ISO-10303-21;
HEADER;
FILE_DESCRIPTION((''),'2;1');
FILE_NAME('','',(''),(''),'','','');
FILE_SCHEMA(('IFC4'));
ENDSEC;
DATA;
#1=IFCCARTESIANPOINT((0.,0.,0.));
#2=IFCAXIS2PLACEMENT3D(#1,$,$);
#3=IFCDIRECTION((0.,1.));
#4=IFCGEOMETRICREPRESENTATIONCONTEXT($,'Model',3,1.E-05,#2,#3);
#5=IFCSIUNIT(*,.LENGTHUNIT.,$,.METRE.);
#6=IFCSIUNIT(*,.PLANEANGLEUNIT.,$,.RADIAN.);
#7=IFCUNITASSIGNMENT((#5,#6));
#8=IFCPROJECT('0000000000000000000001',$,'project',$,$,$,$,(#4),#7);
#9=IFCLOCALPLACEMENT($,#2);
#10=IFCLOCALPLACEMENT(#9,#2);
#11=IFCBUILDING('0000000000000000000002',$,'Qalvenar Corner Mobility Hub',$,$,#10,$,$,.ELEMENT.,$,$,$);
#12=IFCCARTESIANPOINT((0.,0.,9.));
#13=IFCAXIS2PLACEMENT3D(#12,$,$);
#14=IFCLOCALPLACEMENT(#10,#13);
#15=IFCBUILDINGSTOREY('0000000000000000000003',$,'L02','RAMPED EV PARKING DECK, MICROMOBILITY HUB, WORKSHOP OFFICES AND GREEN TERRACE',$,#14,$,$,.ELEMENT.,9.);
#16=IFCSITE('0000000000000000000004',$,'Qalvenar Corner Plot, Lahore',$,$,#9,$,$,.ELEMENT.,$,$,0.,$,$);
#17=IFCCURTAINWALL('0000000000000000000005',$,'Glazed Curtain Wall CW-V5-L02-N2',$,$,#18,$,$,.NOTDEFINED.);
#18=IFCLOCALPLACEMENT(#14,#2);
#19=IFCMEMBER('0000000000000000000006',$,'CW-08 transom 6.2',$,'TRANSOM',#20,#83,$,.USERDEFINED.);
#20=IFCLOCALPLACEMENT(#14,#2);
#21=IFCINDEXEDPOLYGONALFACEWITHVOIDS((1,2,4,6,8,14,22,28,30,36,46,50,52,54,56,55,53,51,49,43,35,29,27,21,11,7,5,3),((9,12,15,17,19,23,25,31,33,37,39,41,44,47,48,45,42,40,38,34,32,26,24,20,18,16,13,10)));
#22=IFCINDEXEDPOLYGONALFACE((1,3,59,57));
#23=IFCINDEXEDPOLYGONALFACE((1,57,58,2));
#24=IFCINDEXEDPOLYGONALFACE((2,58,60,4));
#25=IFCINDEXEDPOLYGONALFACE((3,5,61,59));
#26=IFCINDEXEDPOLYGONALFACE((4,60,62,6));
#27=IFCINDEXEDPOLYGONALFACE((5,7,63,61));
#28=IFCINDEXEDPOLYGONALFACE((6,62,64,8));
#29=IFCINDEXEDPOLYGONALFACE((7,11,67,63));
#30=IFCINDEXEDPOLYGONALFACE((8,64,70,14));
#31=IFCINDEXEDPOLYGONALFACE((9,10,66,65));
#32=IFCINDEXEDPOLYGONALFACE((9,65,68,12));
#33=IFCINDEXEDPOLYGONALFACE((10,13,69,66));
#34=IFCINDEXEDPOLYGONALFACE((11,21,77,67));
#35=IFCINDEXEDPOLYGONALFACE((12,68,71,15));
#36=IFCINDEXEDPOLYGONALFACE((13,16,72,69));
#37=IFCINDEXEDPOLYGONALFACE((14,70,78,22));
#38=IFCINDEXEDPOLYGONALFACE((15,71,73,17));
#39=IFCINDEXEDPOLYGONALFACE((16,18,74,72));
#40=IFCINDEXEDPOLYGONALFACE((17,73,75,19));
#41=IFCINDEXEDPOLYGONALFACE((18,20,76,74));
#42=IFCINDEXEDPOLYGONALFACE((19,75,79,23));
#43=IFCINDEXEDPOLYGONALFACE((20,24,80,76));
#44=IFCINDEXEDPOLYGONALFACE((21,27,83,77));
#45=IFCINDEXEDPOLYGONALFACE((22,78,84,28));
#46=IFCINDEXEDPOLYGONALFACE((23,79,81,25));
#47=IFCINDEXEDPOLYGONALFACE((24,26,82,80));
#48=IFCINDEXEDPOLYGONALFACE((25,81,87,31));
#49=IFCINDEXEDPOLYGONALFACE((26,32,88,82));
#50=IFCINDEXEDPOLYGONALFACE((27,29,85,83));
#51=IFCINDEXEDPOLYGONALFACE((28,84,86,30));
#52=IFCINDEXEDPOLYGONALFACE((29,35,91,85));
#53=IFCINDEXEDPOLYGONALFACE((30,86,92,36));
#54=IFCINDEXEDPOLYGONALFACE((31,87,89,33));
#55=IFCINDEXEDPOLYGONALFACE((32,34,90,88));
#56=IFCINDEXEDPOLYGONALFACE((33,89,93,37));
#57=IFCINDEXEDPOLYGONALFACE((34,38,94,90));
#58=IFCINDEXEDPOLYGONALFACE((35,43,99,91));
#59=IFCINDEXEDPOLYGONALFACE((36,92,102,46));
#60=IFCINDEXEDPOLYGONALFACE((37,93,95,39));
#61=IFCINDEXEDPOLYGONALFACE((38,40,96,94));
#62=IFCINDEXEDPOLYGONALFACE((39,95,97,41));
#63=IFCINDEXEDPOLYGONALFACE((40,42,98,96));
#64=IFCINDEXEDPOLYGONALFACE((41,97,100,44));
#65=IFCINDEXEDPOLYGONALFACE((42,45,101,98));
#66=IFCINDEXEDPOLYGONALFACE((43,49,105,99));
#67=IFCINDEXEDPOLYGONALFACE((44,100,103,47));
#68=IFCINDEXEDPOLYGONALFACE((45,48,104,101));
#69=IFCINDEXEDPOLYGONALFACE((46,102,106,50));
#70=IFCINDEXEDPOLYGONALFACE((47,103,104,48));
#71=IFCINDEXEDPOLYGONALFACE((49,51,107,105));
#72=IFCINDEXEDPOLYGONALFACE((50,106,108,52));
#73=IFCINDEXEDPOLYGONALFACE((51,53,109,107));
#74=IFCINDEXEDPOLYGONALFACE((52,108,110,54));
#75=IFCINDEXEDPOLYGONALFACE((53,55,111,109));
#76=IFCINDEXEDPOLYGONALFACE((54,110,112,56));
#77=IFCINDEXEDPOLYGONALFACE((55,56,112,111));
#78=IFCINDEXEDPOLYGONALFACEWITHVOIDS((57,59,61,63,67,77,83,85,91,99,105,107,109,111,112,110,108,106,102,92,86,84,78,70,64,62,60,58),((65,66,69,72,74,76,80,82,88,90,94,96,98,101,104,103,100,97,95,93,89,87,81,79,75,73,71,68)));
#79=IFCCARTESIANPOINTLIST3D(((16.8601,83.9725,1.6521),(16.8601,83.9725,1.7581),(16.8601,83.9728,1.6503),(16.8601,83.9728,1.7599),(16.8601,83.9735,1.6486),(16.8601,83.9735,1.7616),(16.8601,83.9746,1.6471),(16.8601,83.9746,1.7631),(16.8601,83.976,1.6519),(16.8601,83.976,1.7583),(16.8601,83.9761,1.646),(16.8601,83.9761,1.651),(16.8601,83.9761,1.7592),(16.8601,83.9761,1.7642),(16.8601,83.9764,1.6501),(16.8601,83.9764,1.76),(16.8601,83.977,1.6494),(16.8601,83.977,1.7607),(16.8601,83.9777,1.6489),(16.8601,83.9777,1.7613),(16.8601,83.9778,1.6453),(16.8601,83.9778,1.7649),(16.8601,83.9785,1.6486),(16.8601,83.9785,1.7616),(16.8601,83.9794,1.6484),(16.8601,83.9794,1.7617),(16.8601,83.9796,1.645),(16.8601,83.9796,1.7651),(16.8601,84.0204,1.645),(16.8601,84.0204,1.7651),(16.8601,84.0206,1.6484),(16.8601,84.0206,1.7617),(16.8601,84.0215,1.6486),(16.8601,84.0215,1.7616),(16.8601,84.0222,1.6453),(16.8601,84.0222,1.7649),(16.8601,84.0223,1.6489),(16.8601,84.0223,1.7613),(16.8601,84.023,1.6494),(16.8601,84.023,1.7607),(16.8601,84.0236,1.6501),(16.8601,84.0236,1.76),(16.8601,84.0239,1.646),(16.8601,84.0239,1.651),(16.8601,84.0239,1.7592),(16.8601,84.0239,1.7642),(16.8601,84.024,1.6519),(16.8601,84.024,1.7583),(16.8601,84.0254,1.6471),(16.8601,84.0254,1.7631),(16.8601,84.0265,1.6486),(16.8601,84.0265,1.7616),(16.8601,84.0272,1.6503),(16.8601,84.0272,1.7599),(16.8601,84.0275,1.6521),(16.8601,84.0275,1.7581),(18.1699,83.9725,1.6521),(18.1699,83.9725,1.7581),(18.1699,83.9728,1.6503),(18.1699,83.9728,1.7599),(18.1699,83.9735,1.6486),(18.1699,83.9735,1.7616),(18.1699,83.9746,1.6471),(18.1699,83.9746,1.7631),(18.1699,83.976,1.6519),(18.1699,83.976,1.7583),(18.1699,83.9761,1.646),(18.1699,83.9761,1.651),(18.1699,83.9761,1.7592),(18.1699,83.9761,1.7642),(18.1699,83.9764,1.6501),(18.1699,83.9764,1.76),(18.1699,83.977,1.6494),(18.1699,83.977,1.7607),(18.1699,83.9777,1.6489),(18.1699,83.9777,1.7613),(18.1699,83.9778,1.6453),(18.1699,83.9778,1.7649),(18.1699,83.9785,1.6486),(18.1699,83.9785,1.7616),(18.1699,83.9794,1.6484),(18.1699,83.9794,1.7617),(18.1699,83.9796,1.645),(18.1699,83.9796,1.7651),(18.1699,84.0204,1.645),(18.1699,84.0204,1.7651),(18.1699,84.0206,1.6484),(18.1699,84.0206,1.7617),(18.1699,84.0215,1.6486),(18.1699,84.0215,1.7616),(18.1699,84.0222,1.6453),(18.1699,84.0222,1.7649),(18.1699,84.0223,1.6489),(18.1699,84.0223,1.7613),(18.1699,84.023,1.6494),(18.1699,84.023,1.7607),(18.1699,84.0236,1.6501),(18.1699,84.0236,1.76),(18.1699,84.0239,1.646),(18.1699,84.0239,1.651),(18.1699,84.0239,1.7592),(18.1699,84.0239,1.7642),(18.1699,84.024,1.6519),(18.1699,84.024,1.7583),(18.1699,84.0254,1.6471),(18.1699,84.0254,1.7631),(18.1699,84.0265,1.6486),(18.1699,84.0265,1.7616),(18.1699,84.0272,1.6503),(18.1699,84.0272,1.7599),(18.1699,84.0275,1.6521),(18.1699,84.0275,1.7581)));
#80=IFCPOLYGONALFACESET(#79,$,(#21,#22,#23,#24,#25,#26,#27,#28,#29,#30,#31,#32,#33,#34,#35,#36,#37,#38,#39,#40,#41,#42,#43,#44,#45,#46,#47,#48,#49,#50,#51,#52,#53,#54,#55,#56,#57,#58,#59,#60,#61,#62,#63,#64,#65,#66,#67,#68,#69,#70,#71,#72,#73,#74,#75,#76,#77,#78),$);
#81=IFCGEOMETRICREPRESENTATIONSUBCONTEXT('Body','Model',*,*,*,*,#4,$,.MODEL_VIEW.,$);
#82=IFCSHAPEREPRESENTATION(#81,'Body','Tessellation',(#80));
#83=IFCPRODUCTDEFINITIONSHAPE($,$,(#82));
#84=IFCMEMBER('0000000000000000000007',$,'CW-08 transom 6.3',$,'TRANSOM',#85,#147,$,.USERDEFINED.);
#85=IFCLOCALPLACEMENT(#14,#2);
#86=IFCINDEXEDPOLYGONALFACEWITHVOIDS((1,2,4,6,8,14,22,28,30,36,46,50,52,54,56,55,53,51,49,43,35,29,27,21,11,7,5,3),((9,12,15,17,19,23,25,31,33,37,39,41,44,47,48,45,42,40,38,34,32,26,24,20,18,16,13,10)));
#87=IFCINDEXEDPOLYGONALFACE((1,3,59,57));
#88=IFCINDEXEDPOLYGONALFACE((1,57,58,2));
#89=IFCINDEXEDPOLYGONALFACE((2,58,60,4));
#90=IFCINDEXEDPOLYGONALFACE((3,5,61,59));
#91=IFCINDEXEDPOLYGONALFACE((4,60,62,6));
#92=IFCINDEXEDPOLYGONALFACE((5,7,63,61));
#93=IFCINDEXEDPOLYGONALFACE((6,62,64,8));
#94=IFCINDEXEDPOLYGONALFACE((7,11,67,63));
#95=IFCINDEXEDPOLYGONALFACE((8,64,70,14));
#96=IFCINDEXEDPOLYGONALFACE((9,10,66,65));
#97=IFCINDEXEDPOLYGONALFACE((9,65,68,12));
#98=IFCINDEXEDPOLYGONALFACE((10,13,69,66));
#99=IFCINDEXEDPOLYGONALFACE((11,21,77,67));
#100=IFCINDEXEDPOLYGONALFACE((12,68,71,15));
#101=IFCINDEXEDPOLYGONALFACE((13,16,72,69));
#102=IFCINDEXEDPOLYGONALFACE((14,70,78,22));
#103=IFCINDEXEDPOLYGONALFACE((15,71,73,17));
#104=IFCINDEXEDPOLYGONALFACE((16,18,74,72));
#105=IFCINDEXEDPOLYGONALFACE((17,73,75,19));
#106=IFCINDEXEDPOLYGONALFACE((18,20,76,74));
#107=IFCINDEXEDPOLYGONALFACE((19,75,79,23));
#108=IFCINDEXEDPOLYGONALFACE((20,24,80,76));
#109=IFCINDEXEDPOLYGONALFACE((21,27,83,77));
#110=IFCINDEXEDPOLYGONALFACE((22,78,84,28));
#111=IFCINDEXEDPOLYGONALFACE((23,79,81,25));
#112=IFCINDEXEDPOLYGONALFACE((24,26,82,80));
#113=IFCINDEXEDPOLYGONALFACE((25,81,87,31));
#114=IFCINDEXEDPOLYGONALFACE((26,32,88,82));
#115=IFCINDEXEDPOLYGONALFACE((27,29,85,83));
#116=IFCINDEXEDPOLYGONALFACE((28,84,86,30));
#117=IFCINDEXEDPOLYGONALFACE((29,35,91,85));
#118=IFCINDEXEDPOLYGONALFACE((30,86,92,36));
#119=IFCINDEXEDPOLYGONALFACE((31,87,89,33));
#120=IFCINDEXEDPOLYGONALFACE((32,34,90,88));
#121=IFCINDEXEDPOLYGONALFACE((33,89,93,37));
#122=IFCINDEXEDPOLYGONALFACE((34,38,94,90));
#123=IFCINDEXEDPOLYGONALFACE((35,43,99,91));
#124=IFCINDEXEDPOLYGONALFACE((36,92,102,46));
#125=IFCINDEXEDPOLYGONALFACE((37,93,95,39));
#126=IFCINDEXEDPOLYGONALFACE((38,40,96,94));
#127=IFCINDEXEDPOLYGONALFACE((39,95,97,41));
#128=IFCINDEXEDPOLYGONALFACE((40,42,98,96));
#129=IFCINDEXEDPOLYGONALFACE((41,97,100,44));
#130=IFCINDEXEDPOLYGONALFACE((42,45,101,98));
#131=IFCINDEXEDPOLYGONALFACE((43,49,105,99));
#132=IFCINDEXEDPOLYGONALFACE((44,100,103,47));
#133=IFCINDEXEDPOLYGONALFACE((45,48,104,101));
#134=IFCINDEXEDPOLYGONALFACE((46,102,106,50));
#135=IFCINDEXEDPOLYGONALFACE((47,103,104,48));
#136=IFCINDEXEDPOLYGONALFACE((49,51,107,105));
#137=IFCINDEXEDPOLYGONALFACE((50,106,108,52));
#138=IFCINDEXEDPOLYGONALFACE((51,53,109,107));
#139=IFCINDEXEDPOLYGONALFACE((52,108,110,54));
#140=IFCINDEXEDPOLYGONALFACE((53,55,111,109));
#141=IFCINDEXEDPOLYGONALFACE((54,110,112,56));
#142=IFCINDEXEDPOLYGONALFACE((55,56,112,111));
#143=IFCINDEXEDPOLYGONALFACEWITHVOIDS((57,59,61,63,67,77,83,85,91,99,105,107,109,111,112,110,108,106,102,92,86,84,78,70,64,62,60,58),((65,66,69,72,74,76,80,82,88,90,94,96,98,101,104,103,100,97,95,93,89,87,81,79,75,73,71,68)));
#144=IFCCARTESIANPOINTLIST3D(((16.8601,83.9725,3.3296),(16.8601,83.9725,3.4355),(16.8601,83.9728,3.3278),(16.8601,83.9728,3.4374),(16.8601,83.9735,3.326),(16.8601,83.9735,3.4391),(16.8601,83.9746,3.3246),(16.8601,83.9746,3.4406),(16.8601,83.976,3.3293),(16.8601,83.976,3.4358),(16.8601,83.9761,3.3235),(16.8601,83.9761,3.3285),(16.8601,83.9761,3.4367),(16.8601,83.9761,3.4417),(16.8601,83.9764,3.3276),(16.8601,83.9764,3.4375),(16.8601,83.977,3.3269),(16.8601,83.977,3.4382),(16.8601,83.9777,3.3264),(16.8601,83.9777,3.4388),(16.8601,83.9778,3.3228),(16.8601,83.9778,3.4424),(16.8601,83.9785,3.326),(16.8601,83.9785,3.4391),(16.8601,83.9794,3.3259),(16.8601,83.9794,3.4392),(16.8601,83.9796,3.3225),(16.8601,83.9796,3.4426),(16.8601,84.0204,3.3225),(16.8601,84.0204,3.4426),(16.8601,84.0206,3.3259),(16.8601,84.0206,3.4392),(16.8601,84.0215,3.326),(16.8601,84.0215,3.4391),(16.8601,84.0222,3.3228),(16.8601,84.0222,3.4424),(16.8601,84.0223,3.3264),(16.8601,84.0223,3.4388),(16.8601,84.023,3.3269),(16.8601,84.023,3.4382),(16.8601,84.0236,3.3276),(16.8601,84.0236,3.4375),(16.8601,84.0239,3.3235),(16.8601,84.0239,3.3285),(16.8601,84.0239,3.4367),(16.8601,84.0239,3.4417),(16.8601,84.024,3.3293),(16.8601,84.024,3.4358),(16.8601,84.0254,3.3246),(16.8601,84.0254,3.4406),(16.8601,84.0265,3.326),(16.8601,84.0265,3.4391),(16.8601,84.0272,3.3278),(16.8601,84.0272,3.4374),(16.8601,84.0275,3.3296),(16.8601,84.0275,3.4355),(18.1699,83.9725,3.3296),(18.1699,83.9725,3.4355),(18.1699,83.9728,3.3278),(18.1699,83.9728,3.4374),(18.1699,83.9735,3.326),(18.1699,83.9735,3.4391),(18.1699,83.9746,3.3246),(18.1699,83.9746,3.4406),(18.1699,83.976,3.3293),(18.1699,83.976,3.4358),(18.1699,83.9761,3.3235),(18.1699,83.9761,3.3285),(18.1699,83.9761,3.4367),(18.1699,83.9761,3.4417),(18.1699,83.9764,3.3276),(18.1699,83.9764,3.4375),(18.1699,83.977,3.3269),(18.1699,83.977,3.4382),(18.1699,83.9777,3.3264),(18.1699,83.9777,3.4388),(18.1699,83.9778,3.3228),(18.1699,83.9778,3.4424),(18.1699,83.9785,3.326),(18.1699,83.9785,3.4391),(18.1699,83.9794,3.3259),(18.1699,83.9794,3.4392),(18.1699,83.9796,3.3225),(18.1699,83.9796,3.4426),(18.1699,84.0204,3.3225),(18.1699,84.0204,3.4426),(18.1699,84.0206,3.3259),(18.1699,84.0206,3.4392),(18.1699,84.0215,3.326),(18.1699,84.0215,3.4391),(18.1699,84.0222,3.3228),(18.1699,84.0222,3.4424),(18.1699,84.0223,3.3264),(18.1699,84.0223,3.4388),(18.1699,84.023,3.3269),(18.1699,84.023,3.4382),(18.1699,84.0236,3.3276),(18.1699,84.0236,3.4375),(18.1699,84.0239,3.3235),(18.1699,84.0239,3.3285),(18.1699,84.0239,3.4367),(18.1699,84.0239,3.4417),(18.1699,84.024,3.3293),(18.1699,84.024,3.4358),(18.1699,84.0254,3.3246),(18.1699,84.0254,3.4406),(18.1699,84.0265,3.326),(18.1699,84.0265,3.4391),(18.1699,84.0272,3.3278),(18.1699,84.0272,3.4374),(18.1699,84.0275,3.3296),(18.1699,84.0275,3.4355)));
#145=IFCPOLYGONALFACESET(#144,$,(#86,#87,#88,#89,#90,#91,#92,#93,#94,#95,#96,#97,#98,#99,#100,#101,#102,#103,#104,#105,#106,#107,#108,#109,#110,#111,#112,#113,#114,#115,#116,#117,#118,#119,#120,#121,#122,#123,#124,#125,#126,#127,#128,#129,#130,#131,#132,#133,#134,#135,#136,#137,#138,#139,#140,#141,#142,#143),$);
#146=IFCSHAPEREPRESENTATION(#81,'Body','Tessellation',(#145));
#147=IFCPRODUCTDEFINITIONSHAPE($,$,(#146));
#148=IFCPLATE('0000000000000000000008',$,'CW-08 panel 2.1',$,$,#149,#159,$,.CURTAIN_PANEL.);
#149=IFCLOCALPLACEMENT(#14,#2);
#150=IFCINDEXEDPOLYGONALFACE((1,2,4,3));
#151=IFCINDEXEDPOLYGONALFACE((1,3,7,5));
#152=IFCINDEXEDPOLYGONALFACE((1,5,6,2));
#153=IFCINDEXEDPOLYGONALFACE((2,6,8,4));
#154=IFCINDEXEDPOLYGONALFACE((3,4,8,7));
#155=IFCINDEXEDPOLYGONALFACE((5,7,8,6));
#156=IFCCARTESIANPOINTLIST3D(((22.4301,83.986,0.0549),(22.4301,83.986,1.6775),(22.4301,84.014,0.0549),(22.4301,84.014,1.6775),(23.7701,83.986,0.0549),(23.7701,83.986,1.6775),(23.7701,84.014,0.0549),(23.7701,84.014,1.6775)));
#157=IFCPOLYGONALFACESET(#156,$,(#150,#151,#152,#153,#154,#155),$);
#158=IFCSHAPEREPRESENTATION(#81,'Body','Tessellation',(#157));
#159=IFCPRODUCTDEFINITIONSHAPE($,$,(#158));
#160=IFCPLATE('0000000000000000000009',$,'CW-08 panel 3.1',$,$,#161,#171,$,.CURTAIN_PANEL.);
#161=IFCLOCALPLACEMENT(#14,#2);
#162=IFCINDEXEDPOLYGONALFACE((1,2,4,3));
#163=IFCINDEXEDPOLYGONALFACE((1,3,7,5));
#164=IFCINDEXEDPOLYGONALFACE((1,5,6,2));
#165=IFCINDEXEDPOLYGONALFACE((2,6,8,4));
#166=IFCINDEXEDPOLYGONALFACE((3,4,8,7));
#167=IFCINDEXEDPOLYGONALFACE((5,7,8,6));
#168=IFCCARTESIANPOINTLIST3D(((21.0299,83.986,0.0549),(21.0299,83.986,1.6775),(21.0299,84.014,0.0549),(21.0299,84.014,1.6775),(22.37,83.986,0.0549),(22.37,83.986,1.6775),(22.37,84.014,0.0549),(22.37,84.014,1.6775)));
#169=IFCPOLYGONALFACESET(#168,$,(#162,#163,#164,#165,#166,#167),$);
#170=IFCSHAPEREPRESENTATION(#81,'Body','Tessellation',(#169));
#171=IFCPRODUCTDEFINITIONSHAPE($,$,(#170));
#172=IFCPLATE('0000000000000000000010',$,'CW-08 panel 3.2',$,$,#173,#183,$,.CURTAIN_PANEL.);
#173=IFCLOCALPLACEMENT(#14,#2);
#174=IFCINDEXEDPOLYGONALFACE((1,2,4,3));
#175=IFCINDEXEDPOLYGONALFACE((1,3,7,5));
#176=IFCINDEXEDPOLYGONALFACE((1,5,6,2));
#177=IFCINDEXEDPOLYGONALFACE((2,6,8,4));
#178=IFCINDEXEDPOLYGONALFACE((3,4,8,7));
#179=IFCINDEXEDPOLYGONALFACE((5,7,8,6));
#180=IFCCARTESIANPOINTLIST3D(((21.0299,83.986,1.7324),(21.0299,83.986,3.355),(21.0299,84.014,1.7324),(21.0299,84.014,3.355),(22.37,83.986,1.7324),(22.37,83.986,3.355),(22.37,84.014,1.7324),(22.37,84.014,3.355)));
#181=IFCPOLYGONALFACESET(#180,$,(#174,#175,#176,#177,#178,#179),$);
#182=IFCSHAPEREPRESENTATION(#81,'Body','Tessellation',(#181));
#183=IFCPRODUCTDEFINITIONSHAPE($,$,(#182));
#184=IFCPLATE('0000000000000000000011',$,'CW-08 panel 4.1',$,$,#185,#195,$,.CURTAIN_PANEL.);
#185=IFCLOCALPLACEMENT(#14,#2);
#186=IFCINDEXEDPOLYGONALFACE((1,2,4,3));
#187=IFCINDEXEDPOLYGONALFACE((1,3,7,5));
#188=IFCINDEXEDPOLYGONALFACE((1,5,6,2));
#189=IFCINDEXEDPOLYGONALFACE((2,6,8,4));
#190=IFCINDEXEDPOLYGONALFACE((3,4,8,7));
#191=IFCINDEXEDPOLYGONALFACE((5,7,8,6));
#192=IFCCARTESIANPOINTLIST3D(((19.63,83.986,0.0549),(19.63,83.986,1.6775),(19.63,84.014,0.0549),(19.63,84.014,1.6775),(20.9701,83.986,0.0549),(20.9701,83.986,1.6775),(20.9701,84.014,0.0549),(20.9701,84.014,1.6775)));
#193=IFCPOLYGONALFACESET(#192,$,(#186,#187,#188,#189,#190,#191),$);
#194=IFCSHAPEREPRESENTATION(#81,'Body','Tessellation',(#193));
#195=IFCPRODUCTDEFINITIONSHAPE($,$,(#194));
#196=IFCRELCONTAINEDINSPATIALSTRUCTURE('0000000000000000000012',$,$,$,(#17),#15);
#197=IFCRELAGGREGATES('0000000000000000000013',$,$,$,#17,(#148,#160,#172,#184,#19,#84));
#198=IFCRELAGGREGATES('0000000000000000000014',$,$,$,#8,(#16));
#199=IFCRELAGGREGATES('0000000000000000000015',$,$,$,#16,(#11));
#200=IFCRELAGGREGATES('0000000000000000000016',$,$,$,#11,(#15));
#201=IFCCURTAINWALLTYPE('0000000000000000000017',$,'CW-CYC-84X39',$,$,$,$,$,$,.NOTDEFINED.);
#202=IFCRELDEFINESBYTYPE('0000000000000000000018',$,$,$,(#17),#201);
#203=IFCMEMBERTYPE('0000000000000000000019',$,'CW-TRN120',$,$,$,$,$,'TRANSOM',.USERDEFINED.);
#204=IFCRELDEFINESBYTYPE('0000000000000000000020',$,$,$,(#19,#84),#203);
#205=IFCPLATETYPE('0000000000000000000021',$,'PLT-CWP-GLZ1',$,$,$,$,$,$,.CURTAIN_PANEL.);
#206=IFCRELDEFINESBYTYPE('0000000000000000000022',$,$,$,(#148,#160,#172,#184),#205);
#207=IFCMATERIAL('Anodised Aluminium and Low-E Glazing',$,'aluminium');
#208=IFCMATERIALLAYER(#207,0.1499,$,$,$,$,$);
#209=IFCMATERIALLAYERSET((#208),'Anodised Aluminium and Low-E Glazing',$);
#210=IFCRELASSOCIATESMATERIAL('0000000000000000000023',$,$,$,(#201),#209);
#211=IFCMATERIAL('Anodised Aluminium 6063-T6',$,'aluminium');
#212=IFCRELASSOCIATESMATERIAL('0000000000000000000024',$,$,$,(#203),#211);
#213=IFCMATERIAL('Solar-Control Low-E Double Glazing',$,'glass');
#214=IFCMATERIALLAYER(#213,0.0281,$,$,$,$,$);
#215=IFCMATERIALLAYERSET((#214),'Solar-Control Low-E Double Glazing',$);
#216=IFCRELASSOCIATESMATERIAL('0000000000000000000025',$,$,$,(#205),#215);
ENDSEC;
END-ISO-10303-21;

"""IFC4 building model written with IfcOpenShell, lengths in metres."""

from ifc_helpers import new_model, si_unit, direction, frame, origin, origin_2d, place, context, subcontext, project, spatial, rectangle, hollow_rectangle, extrude, material, layer, layer_set, material_profile, profile_set, type_object, element, aggregate, save


model = new_model("IFC4")

# Units and contexts
model_context = context("Model", 3, precision=1e-05, world=origin(), true_north=direction((0.0, 1.0)))
body_context = subcontext(model_context, "Body", "Model", "MODEL_VIEW")
ifc_project = project(units=[si_unit("LENGTHUNIT", "METRE"), si_unit("PLANEANGLEUNIT", "RADIAN")], contexts=[model_context])

# Site, building, storey
site_placement = place(None, origin())
site = spatial("IfcSite", under=ifc_project, at=site_placement, Name="Qalvenar Corner Plot, Lahore", CompositionType="ELEMENT", RefElevation=0.0)
building_placement = place(site_placement, origin())
building = spatial("IfcBuilding", under=site, at=building_placement, Name="Qalvenar Corner Mobility Hub", CompositionType="ELEMENT")
storey_placement = place(building_placement, frame((0.0, 0.0, 9.0)))
storey = spatial("IfcBuildingStorey", under=building, at=storey_placement, Name="L02", Description="RAMPED EV PARKING DECK, MICROMOBILITY HUB, WORKSHOP OFFICES AND GREEN TERRACE", CompositionType="ELEMENT", Elevation=9.0)

# Shared definitions
ifc_material_1 = material(Name="Anodised Aluminium and Low-E Glazing", Category="aluminium")
ifc_layer_1 = layer(ifc_material_1, 0.1499)
ifc_layer_set_1 = layer_set([ifc_layer_1], Name="Anodised Aluminium and Low-E Glazing")
curtain_wall_type = type_object("IfcCurtainWallType", Name="CW-CYC-84X39", PredefinedType="NOTDEFINED", material=ifc_layer_set_1)
ifc_material_2 = material(Name="Anodised Aluminium 6063-T6", Category="aluminium")

# Curtain wall
curtain_wall_1_placement = place(storey_placement, origin())
curtain_wall_1 = element("IfcCurtainWall", 1, at=curtain_wall_1_placement, inside=storey, type_object=curtain_wall_type, Name="Glazed Curtain Wall CW-V5-L02-N2", PredefinedType="NOTDEFINED")

# Members
ifc_material_profile_1 = material_profile(ifc_material_2, hollow_rectangle(XDim=0.0549, YDim=0.1201, WallThickness=0.0034, InnerFilletRadius=0.0034, OuterFilletRadius=0.0071, at=origin_2d()), Name="RHS120x55x3.5")
ifc_profile_set_1 = profile_set([ifc_material_profile_1], Name="Anodised Aluminium 6063-T6")
member_type_1 = type_object("IfcMemberType", Name="CW-TRN120", ElementType="TRANSOM", PredefinedType="USERDEFINED", material=ifc_profile_set_1)
member_1_placement = place(storey_placement, frame((18.1699, 84.0, 1.7051), z_axis=(-1.0, 0.0, 0.0), x_axis=(0.0, -1.0, 0.0)))
member_1 = element("IfcMember", 2, at=member_1_placement, type_object=member_type_1, Name="CW-08 transom 6.2", ObjectType="TRANSOM", PredefinedType="USERDEFINED", context=body_context, shape_type="SweptSolid", body=[
    extrude(hollow_rectangle(XDim=0.0549, YDim=0.1201, WallThickness=0.0034, InnerFilletRadius=0.0034, OuterFilletRadius=0.0071, at=origin_2d()), origin(), (0.0, 0.0, 1.0), 1.3098),
])
member_2_placement = place(storey_placement, frame((18.1699, 84.0, 3.3826), z_axis=(-1.0, 0.0, 0.0), x_axis=(0.0, -1.0, 0.0)))
member_2 = element("IfcMember", 3, at=member_2_placement, type_object=member_type_1, Name="CW-08 transom 6.3", ObjectType="TRANSOM", PredefinedType="USERDEFINED", context=body_context, shape_type="SweptSolid", body=[
    extrude(hollow_rectangle(XDim=0.0549, YDim=0.1201, WallThickness=0.0034, InnerFilletRadius=0.0034, OuterFilletRadius=0.0071, at=origin_2d()), origin(), (0.0, 0.0, 1.0), 1.3098),
])

# Plates
ifc_material_3 = material(Name="Solar-Control Low-E Double Glazing", Category="glass")
ifc_layer_2 = layer(ifc_material_3, 0.0281)
ifc_layer_set_2 = layer_set([ifc_layer_2], Name="Solar-Control Low-E Double Glazing")
plate_type = type_object("IfcPlateType", Name="PLT-CWP-GLZ1", PredefinedType="CURTAIN_PANEL", material=ifc_layer_set_2)
plate_1_placement = place(storey_placement, frame((23.1001, 84.0, 0.0549), z_axis=(0.0, 0.0, 1.0), x_axis=(-1.0, 0.0, 0.0)))
plate_1 = element("IfcPlate", 4, at=plate_1_placement, type_object=plate_type, Name="CW-08 panel 2.1", PredefinedType="CURTAIN_PANEL", context=body_context, shape_type="SweptSolid", body=[
    extrude(rectangle(XDim=1.3401, YDim=0.0281, at=origin_2d()), origin(), (0.0, 0.0, 1.0), 1.6226),
])
plate_2_placement = place(storey_placement, frame((21.7, 84.0, 0.0549), z_axis=(0.0, 0.0, 1.0), x_axis=(-1.0, 0.0, 0.0)))
plate_2 = element("IfcPlate", 5, at=plate_2_placement, type_object=plate_type, Name="CW-08 panel 3.1", PredefinedType="CURTAIN_PANEL", context=body_context, shape_type="SweptSolid", body=[
    extrude(rectangle(XDim=1.3401, YDim=0.0281, at=origin_2d()), origin(), (0.0, 0.0, 1.0), 1.6226),
])
plate_3_placement = place(storey_placement, frame((21.7, 84.0, 1.7324), z_axis=(0.0, 0.0, 1.0), x_axis=(-1.0, 0.0, 0.0)))
plate_3 = element("IfcPlate", 6, at=plate_3_placement, type_object=plate_type, Name="CW-08 panel 3.2", PredefinedType="CURTAIN_PANEL", context=body_context, shape_type="SweptSolid", body=[
    extrude(rectangle(XDim=1.3401, YDim=0.0281, at=origin_2d()), origin(), (0.0, 0.0, 1.0), 1.6226),
])
plate_4_placement = place(storey_placement, frame((20.3, 84.0, 0.0549), z_axis=(0.0, 0.0, 1.0), x_axis=(-1.0, 0.0, 0.0)))
plate_4 = element("IfcPlate", 7, at=plate_4_placement, type_object=plate_type, Name="CW-08 panel 4.1", PredefinedType="CURTAIN_PANEL", context=body_context, shape_type="SweptSolid", body=[
    extrude(rectangle(XDim=1.3401, YDim=0.0281, at=origin_2d()), origin(), (0.0, 0.0, 1.0), 1.6226),
])
aggregate(curtain_wall_1, [plate_1, plate_2, plate_3, plate_4, member_1, member_2])

save(model, "model.ifc")
